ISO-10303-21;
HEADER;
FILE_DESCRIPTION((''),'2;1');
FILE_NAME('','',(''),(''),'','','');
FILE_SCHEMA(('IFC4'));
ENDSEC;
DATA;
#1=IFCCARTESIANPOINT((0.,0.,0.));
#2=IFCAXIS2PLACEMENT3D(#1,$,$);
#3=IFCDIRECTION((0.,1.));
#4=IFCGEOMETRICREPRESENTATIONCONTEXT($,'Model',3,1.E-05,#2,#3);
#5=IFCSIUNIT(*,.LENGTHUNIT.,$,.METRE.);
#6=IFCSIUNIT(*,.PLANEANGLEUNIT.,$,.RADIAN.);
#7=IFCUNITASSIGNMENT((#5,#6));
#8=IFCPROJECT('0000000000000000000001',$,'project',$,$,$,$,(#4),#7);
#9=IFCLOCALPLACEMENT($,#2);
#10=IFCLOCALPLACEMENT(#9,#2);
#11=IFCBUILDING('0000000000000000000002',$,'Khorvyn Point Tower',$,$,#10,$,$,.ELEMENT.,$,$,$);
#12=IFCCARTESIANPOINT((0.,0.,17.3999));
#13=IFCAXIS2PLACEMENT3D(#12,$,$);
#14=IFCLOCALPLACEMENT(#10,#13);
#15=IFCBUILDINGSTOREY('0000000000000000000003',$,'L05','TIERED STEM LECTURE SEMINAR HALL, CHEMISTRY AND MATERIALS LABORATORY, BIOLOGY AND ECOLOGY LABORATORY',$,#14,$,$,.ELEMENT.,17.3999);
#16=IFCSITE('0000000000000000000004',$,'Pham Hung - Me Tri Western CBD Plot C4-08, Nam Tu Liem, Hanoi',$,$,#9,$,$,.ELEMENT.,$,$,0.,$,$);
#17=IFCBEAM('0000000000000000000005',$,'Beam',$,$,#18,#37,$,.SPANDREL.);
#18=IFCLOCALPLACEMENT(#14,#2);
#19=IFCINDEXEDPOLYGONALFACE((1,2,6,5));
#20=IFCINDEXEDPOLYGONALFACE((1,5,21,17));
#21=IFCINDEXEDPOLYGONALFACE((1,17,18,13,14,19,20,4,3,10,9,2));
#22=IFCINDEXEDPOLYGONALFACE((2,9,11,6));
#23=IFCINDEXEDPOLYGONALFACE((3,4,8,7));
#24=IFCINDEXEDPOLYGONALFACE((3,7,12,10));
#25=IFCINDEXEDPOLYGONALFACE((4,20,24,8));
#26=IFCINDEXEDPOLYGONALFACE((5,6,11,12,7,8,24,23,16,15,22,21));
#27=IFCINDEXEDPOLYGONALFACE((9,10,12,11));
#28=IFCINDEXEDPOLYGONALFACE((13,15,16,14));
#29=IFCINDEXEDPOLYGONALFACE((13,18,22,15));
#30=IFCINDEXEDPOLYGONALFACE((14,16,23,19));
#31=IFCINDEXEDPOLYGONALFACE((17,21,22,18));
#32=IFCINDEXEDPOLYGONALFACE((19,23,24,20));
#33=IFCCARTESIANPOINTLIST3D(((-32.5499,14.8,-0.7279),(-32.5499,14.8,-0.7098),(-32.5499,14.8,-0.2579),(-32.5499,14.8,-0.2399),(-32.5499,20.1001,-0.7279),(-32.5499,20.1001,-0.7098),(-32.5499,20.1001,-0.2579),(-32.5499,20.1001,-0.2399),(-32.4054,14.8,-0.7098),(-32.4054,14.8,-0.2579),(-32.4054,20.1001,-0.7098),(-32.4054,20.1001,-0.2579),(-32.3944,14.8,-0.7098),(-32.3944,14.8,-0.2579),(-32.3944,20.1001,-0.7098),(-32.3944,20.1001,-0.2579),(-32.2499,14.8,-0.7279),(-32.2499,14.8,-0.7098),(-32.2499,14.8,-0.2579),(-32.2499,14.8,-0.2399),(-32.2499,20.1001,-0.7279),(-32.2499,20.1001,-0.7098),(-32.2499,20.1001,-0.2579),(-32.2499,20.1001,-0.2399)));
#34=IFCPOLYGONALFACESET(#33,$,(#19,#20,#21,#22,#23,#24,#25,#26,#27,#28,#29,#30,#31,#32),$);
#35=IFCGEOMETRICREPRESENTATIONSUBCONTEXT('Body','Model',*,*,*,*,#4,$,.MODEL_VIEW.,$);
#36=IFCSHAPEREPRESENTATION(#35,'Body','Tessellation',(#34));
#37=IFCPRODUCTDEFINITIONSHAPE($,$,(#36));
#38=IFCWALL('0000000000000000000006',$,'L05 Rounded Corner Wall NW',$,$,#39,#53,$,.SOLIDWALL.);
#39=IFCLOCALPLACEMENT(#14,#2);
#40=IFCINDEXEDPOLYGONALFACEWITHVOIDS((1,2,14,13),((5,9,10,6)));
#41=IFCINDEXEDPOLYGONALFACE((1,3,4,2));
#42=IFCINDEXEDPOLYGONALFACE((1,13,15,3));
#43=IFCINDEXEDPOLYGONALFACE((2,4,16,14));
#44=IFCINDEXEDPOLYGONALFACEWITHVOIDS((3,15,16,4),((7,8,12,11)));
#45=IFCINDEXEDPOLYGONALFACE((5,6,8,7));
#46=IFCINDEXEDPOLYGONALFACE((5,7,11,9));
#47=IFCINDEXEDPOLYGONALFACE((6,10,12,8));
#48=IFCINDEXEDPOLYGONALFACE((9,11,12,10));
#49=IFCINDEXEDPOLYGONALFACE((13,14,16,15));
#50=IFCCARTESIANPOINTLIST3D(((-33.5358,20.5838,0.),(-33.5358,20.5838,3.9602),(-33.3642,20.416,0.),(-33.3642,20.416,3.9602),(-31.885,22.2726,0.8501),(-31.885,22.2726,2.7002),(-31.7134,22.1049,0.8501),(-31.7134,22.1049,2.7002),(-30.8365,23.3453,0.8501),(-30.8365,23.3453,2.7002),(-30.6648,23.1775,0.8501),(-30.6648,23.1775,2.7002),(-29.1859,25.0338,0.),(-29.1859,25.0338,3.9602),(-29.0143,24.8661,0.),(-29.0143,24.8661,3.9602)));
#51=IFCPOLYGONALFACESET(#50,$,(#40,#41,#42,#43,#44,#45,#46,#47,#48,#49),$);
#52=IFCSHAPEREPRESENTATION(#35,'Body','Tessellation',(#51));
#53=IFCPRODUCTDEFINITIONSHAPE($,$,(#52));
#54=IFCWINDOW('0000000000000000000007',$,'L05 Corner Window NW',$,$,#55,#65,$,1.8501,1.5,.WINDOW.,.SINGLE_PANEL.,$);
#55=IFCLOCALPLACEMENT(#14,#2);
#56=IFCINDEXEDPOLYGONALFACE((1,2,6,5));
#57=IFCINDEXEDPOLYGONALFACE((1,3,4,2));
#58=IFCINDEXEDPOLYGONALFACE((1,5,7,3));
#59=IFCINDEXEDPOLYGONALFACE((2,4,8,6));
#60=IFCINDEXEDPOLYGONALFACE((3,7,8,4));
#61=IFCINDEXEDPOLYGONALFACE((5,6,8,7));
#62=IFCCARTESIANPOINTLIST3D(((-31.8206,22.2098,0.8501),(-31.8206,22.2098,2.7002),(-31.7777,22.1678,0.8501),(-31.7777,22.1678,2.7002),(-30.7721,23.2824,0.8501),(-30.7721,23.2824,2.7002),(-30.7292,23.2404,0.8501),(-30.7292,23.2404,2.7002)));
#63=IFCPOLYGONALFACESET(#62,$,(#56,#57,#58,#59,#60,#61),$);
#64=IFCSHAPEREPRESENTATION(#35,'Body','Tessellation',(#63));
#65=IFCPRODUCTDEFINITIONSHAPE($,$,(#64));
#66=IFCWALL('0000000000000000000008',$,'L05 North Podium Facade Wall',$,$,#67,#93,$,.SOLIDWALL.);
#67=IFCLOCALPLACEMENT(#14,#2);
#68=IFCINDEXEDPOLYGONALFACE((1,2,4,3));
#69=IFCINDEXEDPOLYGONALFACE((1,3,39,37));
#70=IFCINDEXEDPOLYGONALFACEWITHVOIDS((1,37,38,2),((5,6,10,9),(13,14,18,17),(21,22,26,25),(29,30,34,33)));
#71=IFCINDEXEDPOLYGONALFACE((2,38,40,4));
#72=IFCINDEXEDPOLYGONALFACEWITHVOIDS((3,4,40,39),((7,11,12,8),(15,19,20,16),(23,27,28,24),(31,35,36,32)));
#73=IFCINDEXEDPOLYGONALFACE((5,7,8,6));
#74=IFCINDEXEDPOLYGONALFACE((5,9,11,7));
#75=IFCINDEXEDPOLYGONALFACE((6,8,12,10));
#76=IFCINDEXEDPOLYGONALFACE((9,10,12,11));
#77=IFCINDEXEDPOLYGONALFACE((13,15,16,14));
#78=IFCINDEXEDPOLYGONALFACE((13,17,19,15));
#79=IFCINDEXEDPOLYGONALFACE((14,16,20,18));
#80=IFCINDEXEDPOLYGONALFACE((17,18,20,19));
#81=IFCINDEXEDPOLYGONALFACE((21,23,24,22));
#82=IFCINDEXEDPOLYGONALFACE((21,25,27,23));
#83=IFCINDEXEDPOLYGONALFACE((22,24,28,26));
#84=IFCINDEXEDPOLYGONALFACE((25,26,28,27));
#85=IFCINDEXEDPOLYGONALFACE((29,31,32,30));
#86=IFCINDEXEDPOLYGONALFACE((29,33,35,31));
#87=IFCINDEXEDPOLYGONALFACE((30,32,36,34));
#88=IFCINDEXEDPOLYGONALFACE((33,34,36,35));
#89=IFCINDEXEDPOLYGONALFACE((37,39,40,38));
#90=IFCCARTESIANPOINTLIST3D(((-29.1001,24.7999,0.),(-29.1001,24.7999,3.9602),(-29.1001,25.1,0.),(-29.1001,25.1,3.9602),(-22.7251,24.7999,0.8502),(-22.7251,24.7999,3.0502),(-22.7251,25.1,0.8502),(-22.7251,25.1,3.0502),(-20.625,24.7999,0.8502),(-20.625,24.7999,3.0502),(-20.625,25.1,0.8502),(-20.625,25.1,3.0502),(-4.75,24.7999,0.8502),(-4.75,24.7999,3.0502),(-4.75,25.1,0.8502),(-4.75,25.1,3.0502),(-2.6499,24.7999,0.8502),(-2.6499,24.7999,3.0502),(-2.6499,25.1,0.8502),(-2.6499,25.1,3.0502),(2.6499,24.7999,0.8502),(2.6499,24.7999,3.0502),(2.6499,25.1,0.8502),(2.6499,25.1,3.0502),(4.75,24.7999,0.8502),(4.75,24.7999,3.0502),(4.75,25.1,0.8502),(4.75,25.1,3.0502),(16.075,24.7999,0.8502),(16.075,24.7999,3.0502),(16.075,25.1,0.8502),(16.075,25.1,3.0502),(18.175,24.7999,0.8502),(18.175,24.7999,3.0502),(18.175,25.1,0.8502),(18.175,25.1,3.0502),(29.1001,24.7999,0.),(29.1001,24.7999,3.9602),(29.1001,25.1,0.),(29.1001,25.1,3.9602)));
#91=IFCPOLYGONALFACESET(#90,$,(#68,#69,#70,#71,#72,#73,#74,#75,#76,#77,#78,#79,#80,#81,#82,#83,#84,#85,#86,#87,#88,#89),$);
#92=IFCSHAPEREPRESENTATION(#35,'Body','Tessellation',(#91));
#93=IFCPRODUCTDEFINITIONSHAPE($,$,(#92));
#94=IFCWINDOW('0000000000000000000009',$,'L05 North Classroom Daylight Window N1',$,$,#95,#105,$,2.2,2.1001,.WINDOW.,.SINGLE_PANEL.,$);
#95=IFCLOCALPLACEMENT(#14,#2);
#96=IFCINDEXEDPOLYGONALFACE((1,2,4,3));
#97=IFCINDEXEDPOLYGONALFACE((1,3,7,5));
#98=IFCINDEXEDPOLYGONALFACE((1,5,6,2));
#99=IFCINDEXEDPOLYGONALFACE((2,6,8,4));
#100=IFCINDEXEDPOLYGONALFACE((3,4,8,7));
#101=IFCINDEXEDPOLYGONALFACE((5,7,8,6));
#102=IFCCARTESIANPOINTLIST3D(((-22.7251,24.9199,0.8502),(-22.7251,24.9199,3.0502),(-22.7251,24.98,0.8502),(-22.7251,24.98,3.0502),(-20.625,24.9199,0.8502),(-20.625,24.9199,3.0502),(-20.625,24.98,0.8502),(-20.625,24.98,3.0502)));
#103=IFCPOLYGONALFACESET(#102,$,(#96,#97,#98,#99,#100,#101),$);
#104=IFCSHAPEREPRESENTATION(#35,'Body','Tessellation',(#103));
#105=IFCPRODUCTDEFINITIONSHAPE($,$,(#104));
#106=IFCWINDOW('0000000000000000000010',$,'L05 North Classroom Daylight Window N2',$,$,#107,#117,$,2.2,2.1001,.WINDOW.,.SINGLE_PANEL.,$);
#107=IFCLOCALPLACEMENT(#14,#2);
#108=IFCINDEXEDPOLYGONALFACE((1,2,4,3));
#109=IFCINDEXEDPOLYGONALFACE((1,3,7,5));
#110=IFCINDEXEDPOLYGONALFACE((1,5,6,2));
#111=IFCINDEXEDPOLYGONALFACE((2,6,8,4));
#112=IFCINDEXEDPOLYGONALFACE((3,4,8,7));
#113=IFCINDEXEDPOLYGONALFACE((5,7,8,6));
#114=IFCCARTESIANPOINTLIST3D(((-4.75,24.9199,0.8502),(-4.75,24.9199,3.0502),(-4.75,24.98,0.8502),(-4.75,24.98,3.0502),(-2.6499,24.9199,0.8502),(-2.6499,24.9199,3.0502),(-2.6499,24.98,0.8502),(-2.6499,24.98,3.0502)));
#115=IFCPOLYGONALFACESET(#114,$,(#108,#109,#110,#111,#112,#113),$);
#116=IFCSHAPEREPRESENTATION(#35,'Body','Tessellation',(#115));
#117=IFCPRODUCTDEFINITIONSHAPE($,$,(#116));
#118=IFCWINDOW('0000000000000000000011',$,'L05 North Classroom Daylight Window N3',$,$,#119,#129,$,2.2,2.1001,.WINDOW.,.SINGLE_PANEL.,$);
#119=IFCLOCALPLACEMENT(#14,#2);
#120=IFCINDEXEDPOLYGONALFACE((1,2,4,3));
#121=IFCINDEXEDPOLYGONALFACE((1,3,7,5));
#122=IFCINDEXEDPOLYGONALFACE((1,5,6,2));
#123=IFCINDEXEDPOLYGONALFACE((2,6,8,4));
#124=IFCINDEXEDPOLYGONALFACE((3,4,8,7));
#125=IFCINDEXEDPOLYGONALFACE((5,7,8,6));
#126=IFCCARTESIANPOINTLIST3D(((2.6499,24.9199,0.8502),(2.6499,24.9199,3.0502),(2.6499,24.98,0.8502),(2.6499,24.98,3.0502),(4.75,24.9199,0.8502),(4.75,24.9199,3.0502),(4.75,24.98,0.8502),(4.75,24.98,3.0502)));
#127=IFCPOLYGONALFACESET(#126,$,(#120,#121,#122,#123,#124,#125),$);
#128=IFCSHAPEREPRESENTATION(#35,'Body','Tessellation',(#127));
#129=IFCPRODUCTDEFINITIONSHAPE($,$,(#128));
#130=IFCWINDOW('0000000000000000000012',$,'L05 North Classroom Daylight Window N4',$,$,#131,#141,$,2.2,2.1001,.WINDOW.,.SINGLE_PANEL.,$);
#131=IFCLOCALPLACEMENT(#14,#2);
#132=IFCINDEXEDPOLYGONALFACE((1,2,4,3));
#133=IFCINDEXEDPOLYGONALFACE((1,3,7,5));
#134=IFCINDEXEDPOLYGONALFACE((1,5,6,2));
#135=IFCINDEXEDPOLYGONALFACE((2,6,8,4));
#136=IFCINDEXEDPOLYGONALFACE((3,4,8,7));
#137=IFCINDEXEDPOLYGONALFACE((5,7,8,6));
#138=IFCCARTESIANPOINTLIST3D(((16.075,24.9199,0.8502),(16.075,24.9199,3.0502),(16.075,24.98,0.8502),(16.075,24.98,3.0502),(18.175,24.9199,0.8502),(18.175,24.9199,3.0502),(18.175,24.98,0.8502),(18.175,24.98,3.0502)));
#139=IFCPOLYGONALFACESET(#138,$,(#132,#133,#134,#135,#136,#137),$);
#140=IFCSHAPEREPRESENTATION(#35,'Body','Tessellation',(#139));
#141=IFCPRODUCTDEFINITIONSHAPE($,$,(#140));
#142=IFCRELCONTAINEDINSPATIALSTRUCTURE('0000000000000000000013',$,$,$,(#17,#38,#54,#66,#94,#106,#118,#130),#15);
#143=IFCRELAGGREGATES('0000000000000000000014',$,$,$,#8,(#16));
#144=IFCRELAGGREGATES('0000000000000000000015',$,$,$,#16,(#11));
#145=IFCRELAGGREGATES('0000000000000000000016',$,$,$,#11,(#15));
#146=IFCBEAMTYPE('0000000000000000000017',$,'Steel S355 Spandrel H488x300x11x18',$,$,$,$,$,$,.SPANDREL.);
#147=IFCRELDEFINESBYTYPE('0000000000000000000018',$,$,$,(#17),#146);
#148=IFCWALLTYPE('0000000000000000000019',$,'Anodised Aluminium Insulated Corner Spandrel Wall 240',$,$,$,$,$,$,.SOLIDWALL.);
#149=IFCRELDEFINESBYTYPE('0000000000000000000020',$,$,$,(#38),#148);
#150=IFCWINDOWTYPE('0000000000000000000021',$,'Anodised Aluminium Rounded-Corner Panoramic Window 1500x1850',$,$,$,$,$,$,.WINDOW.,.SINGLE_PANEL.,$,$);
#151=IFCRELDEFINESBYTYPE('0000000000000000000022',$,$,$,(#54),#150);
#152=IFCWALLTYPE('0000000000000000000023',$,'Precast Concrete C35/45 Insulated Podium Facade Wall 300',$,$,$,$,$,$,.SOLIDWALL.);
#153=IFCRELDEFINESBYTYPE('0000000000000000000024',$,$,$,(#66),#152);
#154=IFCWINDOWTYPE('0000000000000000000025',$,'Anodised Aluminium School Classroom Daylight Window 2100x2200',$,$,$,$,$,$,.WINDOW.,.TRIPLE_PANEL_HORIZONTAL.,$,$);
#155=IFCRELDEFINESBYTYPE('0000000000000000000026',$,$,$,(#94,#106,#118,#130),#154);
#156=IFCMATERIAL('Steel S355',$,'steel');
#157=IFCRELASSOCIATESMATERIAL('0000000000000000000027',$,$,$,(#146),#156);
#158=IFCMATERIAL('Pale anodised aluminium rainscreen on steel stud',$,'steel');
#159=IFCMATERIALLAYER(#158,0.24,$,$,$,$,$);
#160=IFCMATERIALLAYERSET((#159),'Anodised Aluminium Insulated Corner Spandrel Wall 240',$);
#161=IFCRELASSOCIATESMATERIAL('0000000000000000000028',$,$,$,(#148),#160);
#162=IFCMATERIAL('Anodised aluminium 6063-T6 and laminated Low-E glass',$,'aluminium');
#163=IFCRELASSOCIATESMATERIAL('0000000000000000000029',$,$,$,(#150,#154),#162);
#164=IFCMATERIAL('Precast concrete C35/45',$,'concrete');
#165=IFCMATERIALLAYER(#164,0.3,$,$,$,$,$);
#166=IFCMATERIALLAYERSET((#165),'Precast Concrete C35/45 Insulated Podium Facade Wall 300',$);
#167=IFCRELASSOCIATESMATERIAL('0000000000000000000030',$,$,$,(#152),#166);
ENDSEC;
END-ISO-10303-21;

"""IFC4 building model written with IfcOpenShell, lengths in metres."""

from ifc_helpers import new_model, si_unit, direction, frame, frame_2d, origin, origin_2d, place, context, subcontext, project, spatial, rectangle, i_section, extrude, material, layer, layer_set, material_profile, profile_set, type_object, element, fill, save


model = new_model("IFC4")

# Units and contexts
model_context = context("Model", 3, precision=1e-05, world=origin(), true_north=direction((0.0, 1.0)))
body_context = subcontext(model_context, "Body", "Model", "MODEL_VIEW")
ifc_project = project(units=[si_unit("LENGTHUNIT", "METRE"), si_unit("PLANEANGLEUNIT", "RADIAN")], contexts=[model_context])

# Site, building, storey
site_placement = place(None, origin())
site = spatial("IfcSite", under=ifc_project, at=site_placement, Name="Pham Hung - Me Tri Western CBD Plot C4-08, Nam Tu Liem, Hanoi", CompositionType="ELEMENT", RefElevation=0.0)
building_placement = place(site_placement, origin())
building = spatial("IfcBuilding", under=site, at=building_placement, Name="Khorvyn Point Tower", CompositionType="ELEMENT")
storey_placement = place(building_placement, frame((0.0, 0.0, 17.3999)))
storey = spatial("IfcBuildingStorey", under=building, at=storey_placement, Name="L05", Description="TIERED STEM LECTURE SEMINAR HALL, CHEMISTRY AND MATERIALS LABORATORY, BIOLOGY AND ECOLOGY LABORATORY", CompositionType="ELEMENT", Elevation=17.3999)

# Beam
ifc_material_1 = material(Name="Steel S355", Category="steel")
ifc_material_profile_1 = material_profile(ifc_material_1, i_section(OverallWidth=0.3, OverallDepth=0.488, WebThickness=0.011, FlangeThickness=0.0181, at=origin_2d()))
ifc_profile_set_1 = profile_set([ifc_material_profile_1], Name="Steel S355 H488x300x11x18")
beam_type_1 = type_object("IfcBeamType", Name="Steel S355 Spandrel H488x300x11x18", PredefinedType="SPANDREL", material=ifc_profile_set_1)
beam_1_placement = place(storey_placement, frame((-32.3999, 14.8, -0.4839), z_axis=(0.0, 1.0, 0.0), x_axis=(-1.0, 0.0, 0.0)))
element("IfcBeam", 1, at=beam_1_placement, inside=storey, type_object=beam_type_1, Name="Beam", PredefinedType="SPANDREL", context=body_context, shape_type="SweptSolid", body=[
    extrude(i_section(OverallWidth=0.3, OverallDepth=0.488, WebThickness=0.011, FlangeThickness=0.0181, at=origin_2d()), origin(), (0.0, 0.0, 1.0), 5.3),
])

# Wall, opening, window
ifc_material_2 = material(Name="Pale anodised aluminium rainscreen on steel stud", Category="steel")
ifc_layer_1 = layer(ifc_material_2, 0.24)
ifc_layer_set_1 = layer_set([ifc_layer_1], Name="Anodised Aluminium Insulated Corner Spandrel Wall 240")
wall_type_1 = type_object("IfcWallType", Name="Anodised Aluminium Insulated Corner Spandrel Wall 240", PredefinedType="SOLIDWALL", material=ifc_layer_set_1)
wall_1_placement = place(storey_placement, frame((-33.45, 20.5, 0.0), z_axis=(0.0, 0.0, 1.0), x_axis=(0.699018, 0.715104, 0.0)))
wall_1 = element("IfcWall", 2, at=wall_1_placement, inside=storey, type_object=wall_type_1, Name="L05 Rounded Corner Wall NW", PredefinedType="SOLIDWALL", context=body_context, shape_type="SweptSolid", body=[
    extrude(rectangle(XDim=6.2229, YDim=0.24, at=frame_2d((3.1113, 0.0))), origin(), (0.0, 0.0, 1.0), 3.9602),
])
opening_1_placement = place(wall_1_placement, frame((2.3616, 0.0, 0.8501)))
opening_1 = element("IfcOpeningElement", 3, at=opening_1_placement, cuts=wall_1, PredefinedType="OPENING", context=body_context, shape_type="SweptSolid", body=[
    extrude(rectangle(XDim=1.5, YDim=1.8501, at=frame_2d((0.75, 0.925))), frame((0.0, 0.1299, 0.0), z_axis=(0.0, -1.0, 0.0), x_axis=(1.0, 0.0, 0.0)), (0.0, 0.0, 1.0), 0.26),
])
ifc_material_3 = material(Name="Anodised aluminium 6063-T6 and laminated Low-E glass", Category="aluminium")
window_type_1 = type_object("IfcWindowType", Name="Anodised Aluminium Rounded-Corner Panoramic Window 1500x1850", PartitioningType="SINGLE_PANEL", PredefinedType="WINDOW", material=ifc_material_3)
window_1_placement = place(opening_1_placement, origin())
window_1 = element("IfcWindow", 4, at=window_1_placement, inside=storey, type_object=window_type_1, Name="L05 Corner Window NW", OverallHeight=1.8501, OverallWidth=1.5, PartitioningType="SINGLE_PANEL", PredefinedType="WINDOW", context=body_context, shape_type="SweptSolid", body=[
    extrude(rectangle(XDim=1.5, YDim=1.8501, at=frame_2d((0.75, 0.925))), frame((0.0, 0.03, 0.0), z_axis=(0.0, -1.0, 0.0), x_axis=(1.0, 0.0, 0.0)), (0.0, 0.0, 1.0), 0.0601),
])
fill(opening_1, window_1)

# Wall, openings, windows
ifc_material_4 = material(Name="Precast concrete C35/45", Category="concrete")
ifc_layer_2 = layer(ifc_material_4, 0.3)
ifc_layer_set_2 = layer_set([ifc_layer_2], Name="Precast Concrete C35/45 Insulated Podium Facade Wall 300")
wall_type_2 = type_object("IfcWallType", Name="Precast Concrete C35/45 Insulated Podium Facade Wall 300", PredefinedType="SOLIDWALL", material=ifc_layer_set_2)
wall_2_placement = place(storey_placement, frame((-29.1001, 24.95, 0.0), z_axis=(0.0, 0.0, 1.0), x_axis=(1.0, 0.0, 0.0)))
wall_2 = element("IfcWall", 5, at=wall_2_placement, inside=storey, type_object=wall_type_2, Name="L05 North Podium Facade Wall", PredefinedType="SOLIDWALL", context=body_context, shape_type="SweptSolid", body=[
    extrude(rectangle(XDim=58.2002, YDim=0.3, at=frame_2d((29.1001, 0.0))), origin(), (0.0, 0.0, 1.0), 3.9602),
])
opening_2_placement = place(wall_2_placement, frame((6.375, 0.0, 0.8501)))
opening_2 = element("IfcOpeningElement", 6, at=opening_2_placement, cuts=wall_2, PredefinedType="OPENING", context=body_context, shape_type="SweptSolid", body=[
    extrude(rectangle(XDim=2.1001, YDim=2.2, at=frame_2d((1.05, 1.1001))), frame((0.0, 0.1599, 0.0), z_axis=(0.0, -1.0, 0.0), x_axis=(1.0, 0.0, 0.0)), (0.0, 0.0, 1.0), 0.3201),
])
opening_3_placement = place(wall_2_placement, frame((24.3501, 0.0, 0.8501)))
opening_3 = element("IfcOpeningElement", 7, at=opening_3_placement, cuts=wall_2, PredefinedType="OPENING", context=body_context, shape_type="SweptSolid", body=[
    extrude(rectangle(XDim=2.1001, YDim=2.2, at=frame_2d((1.05, 1.1001))), frame((0.0, 0.1599, 0.0), z_axis=(0.0, -1.0, 0.0), x_axis=(1.0, 0.0, 0.0)), (0.0, 0.0, 1.0), 0.3201),
])
opening_4_placement = place(wall_2_placement, frame((31.75, 0.0, 0.8501)))
opening_4 = element("IfcOpeningElement", 8, at=opening_4_placement, cuts=wall_2, PredefinedType="OPENING", context=body_context, shape_type="SweptSolid", body=[
    extrude(rectangle(XDim=2.1001, YDim=2.2, at=frame_2d((1.05, 1.1001))), frame((0.0, 0.1599, 0.0), z_axis=(0.0, -1.0, 0.0), x_axis=(1.0, 0.0, 0.0)), (0.0, 0.0, 1.0), 0.3201),
])
opening_5_placement = place(wall_2_placement, frame((45.175, 0.0, 0.8501)))
opening_5 = element("IfcOpeningElement", 9, at=opening_5_placement, cuts=wall_2, PredefinedType="OPENING", context=body_context, shape_type="SweptSolid", body=[
    extrude(rectangle(XDim=2.1001, YDim=2.2, at=frame_2d((1.05, 1.1001))), frame((0.0, 0.1599, 0.0), z_axis=(0.0, -1.0, 0.0), x_axis=(1.0, 0.0, 0.0)), (0.0, 0.0, 1.0), 0.3201),
])
window_type_2 = type_object("IfcWindowType", Name="Anodised Aluminium School Classroom Daylight Window 2100x2200", PartitioningType="TRIPLE_PANEL_HORIZONTAL", PredefinedType="WINDOW", material=ifc_material_3)
window_2_placement = place(opening_2_placement, origin())
window_2 = element("IfcWindow", 10, at=window_2_placement, inside=storey, type_object=window_type_2, Name="L05 North Classroom Daylight Window N1", OverallHeight=2.2, OverallWidth=2.1001, PartitioningType="SINGLE_PANEL", PredefinedType="WINDOW", context=body_context, shape_type="SweptSolid", body=[
    extrude(rectangle(XDim=2.1001, YDim=2.2, at=frame_2d((1.05, 1.1001))), frame((0.0, 0.03, 0.0), z_axis=(0.0, -1.0, 0.0), x_axis=(1.0, 0.0, 0.0)), (0.0, 0.0, 1.0), 0.0601),
])
fill(opening_2, window_2)
window_3_placement = place(opening_3_placement, origin())
window_3 = element("IfcWindow", 11, at=window_3_placement, inside=storey, type_object=window_type_2, Name="L05 North Classroom Daylight Window N2", OverallHeight=2.2, OverallWidth=2.1001, PartitioningType="SINGLE_PANEL", PredefinedType="WINDOW", context=body_context, shape_type="SweptSolid", body=[
    extrude(rectangle(XDim=2.1001, YDim=2.2, at=frame_2d((1.05, 1.1001))), frame((0.0, 0.03, 0.0), z_axis=(0.0, -1.0, 0.0), x_axis=(1.0, 0.0, 0.0)), (0.0, 0.0, 1.0), 0.0601),
])
fill(opening_3, window_3)
window_4_placement = place(opening_4_placement, origin())
window_4 = element("IfcWindow", 12, at=window_4_placement, inside=storey, type_object=window_type_2, Name="L05 North Classroom Daylight Window N3", OverallHeight=2.2, OverallWidth=2.1001, PartitioningType="SINGLE_PANEL", PredefinedType="WINDOW", context=body_context, shape_type="SweptSolid", body=[
    extrude(rectangle(XDim=2.1001, YDim=2.2, at=frame_2d((1.05, 1.1001))), frame((0.0, 0.03, 0.0), z_axis=(0.0, -1.0, 0.0), x_axis=(1.0, 0.0, 0.0)), (0.0, 0.0, 1.0), 0.0601),
])
fill(opening_4, window_4)
window_5_placement = place(opening_5_placement, origin())
window_5 = element("IfcWindow", 13, at=window_5_placement, inside=storey, type_object=window_type_2, Name="L05 North Classroom Daylight Window N4", OverallHeight=2.2, OverallWidth=2.1001, PartitioningType="SINGLE_PANEL", PredefinedType="WINDOW", context=body_context, shape_type="SweptSolid", body=[
    extrude(rectangle(XDim=2.1001, YDim=2.2, at=frame_2d((1.05, 1.1001))), frame((0.0, 0.03, 0.0), z_axis=(0.0, -1.0, 0.0), x_axis=(1.0, 0.0, 0.0)), (0.0, 0.0, 1.0), 0.0601),
])
fill(opening_5, window_5)

save(model, "model.ifc")
